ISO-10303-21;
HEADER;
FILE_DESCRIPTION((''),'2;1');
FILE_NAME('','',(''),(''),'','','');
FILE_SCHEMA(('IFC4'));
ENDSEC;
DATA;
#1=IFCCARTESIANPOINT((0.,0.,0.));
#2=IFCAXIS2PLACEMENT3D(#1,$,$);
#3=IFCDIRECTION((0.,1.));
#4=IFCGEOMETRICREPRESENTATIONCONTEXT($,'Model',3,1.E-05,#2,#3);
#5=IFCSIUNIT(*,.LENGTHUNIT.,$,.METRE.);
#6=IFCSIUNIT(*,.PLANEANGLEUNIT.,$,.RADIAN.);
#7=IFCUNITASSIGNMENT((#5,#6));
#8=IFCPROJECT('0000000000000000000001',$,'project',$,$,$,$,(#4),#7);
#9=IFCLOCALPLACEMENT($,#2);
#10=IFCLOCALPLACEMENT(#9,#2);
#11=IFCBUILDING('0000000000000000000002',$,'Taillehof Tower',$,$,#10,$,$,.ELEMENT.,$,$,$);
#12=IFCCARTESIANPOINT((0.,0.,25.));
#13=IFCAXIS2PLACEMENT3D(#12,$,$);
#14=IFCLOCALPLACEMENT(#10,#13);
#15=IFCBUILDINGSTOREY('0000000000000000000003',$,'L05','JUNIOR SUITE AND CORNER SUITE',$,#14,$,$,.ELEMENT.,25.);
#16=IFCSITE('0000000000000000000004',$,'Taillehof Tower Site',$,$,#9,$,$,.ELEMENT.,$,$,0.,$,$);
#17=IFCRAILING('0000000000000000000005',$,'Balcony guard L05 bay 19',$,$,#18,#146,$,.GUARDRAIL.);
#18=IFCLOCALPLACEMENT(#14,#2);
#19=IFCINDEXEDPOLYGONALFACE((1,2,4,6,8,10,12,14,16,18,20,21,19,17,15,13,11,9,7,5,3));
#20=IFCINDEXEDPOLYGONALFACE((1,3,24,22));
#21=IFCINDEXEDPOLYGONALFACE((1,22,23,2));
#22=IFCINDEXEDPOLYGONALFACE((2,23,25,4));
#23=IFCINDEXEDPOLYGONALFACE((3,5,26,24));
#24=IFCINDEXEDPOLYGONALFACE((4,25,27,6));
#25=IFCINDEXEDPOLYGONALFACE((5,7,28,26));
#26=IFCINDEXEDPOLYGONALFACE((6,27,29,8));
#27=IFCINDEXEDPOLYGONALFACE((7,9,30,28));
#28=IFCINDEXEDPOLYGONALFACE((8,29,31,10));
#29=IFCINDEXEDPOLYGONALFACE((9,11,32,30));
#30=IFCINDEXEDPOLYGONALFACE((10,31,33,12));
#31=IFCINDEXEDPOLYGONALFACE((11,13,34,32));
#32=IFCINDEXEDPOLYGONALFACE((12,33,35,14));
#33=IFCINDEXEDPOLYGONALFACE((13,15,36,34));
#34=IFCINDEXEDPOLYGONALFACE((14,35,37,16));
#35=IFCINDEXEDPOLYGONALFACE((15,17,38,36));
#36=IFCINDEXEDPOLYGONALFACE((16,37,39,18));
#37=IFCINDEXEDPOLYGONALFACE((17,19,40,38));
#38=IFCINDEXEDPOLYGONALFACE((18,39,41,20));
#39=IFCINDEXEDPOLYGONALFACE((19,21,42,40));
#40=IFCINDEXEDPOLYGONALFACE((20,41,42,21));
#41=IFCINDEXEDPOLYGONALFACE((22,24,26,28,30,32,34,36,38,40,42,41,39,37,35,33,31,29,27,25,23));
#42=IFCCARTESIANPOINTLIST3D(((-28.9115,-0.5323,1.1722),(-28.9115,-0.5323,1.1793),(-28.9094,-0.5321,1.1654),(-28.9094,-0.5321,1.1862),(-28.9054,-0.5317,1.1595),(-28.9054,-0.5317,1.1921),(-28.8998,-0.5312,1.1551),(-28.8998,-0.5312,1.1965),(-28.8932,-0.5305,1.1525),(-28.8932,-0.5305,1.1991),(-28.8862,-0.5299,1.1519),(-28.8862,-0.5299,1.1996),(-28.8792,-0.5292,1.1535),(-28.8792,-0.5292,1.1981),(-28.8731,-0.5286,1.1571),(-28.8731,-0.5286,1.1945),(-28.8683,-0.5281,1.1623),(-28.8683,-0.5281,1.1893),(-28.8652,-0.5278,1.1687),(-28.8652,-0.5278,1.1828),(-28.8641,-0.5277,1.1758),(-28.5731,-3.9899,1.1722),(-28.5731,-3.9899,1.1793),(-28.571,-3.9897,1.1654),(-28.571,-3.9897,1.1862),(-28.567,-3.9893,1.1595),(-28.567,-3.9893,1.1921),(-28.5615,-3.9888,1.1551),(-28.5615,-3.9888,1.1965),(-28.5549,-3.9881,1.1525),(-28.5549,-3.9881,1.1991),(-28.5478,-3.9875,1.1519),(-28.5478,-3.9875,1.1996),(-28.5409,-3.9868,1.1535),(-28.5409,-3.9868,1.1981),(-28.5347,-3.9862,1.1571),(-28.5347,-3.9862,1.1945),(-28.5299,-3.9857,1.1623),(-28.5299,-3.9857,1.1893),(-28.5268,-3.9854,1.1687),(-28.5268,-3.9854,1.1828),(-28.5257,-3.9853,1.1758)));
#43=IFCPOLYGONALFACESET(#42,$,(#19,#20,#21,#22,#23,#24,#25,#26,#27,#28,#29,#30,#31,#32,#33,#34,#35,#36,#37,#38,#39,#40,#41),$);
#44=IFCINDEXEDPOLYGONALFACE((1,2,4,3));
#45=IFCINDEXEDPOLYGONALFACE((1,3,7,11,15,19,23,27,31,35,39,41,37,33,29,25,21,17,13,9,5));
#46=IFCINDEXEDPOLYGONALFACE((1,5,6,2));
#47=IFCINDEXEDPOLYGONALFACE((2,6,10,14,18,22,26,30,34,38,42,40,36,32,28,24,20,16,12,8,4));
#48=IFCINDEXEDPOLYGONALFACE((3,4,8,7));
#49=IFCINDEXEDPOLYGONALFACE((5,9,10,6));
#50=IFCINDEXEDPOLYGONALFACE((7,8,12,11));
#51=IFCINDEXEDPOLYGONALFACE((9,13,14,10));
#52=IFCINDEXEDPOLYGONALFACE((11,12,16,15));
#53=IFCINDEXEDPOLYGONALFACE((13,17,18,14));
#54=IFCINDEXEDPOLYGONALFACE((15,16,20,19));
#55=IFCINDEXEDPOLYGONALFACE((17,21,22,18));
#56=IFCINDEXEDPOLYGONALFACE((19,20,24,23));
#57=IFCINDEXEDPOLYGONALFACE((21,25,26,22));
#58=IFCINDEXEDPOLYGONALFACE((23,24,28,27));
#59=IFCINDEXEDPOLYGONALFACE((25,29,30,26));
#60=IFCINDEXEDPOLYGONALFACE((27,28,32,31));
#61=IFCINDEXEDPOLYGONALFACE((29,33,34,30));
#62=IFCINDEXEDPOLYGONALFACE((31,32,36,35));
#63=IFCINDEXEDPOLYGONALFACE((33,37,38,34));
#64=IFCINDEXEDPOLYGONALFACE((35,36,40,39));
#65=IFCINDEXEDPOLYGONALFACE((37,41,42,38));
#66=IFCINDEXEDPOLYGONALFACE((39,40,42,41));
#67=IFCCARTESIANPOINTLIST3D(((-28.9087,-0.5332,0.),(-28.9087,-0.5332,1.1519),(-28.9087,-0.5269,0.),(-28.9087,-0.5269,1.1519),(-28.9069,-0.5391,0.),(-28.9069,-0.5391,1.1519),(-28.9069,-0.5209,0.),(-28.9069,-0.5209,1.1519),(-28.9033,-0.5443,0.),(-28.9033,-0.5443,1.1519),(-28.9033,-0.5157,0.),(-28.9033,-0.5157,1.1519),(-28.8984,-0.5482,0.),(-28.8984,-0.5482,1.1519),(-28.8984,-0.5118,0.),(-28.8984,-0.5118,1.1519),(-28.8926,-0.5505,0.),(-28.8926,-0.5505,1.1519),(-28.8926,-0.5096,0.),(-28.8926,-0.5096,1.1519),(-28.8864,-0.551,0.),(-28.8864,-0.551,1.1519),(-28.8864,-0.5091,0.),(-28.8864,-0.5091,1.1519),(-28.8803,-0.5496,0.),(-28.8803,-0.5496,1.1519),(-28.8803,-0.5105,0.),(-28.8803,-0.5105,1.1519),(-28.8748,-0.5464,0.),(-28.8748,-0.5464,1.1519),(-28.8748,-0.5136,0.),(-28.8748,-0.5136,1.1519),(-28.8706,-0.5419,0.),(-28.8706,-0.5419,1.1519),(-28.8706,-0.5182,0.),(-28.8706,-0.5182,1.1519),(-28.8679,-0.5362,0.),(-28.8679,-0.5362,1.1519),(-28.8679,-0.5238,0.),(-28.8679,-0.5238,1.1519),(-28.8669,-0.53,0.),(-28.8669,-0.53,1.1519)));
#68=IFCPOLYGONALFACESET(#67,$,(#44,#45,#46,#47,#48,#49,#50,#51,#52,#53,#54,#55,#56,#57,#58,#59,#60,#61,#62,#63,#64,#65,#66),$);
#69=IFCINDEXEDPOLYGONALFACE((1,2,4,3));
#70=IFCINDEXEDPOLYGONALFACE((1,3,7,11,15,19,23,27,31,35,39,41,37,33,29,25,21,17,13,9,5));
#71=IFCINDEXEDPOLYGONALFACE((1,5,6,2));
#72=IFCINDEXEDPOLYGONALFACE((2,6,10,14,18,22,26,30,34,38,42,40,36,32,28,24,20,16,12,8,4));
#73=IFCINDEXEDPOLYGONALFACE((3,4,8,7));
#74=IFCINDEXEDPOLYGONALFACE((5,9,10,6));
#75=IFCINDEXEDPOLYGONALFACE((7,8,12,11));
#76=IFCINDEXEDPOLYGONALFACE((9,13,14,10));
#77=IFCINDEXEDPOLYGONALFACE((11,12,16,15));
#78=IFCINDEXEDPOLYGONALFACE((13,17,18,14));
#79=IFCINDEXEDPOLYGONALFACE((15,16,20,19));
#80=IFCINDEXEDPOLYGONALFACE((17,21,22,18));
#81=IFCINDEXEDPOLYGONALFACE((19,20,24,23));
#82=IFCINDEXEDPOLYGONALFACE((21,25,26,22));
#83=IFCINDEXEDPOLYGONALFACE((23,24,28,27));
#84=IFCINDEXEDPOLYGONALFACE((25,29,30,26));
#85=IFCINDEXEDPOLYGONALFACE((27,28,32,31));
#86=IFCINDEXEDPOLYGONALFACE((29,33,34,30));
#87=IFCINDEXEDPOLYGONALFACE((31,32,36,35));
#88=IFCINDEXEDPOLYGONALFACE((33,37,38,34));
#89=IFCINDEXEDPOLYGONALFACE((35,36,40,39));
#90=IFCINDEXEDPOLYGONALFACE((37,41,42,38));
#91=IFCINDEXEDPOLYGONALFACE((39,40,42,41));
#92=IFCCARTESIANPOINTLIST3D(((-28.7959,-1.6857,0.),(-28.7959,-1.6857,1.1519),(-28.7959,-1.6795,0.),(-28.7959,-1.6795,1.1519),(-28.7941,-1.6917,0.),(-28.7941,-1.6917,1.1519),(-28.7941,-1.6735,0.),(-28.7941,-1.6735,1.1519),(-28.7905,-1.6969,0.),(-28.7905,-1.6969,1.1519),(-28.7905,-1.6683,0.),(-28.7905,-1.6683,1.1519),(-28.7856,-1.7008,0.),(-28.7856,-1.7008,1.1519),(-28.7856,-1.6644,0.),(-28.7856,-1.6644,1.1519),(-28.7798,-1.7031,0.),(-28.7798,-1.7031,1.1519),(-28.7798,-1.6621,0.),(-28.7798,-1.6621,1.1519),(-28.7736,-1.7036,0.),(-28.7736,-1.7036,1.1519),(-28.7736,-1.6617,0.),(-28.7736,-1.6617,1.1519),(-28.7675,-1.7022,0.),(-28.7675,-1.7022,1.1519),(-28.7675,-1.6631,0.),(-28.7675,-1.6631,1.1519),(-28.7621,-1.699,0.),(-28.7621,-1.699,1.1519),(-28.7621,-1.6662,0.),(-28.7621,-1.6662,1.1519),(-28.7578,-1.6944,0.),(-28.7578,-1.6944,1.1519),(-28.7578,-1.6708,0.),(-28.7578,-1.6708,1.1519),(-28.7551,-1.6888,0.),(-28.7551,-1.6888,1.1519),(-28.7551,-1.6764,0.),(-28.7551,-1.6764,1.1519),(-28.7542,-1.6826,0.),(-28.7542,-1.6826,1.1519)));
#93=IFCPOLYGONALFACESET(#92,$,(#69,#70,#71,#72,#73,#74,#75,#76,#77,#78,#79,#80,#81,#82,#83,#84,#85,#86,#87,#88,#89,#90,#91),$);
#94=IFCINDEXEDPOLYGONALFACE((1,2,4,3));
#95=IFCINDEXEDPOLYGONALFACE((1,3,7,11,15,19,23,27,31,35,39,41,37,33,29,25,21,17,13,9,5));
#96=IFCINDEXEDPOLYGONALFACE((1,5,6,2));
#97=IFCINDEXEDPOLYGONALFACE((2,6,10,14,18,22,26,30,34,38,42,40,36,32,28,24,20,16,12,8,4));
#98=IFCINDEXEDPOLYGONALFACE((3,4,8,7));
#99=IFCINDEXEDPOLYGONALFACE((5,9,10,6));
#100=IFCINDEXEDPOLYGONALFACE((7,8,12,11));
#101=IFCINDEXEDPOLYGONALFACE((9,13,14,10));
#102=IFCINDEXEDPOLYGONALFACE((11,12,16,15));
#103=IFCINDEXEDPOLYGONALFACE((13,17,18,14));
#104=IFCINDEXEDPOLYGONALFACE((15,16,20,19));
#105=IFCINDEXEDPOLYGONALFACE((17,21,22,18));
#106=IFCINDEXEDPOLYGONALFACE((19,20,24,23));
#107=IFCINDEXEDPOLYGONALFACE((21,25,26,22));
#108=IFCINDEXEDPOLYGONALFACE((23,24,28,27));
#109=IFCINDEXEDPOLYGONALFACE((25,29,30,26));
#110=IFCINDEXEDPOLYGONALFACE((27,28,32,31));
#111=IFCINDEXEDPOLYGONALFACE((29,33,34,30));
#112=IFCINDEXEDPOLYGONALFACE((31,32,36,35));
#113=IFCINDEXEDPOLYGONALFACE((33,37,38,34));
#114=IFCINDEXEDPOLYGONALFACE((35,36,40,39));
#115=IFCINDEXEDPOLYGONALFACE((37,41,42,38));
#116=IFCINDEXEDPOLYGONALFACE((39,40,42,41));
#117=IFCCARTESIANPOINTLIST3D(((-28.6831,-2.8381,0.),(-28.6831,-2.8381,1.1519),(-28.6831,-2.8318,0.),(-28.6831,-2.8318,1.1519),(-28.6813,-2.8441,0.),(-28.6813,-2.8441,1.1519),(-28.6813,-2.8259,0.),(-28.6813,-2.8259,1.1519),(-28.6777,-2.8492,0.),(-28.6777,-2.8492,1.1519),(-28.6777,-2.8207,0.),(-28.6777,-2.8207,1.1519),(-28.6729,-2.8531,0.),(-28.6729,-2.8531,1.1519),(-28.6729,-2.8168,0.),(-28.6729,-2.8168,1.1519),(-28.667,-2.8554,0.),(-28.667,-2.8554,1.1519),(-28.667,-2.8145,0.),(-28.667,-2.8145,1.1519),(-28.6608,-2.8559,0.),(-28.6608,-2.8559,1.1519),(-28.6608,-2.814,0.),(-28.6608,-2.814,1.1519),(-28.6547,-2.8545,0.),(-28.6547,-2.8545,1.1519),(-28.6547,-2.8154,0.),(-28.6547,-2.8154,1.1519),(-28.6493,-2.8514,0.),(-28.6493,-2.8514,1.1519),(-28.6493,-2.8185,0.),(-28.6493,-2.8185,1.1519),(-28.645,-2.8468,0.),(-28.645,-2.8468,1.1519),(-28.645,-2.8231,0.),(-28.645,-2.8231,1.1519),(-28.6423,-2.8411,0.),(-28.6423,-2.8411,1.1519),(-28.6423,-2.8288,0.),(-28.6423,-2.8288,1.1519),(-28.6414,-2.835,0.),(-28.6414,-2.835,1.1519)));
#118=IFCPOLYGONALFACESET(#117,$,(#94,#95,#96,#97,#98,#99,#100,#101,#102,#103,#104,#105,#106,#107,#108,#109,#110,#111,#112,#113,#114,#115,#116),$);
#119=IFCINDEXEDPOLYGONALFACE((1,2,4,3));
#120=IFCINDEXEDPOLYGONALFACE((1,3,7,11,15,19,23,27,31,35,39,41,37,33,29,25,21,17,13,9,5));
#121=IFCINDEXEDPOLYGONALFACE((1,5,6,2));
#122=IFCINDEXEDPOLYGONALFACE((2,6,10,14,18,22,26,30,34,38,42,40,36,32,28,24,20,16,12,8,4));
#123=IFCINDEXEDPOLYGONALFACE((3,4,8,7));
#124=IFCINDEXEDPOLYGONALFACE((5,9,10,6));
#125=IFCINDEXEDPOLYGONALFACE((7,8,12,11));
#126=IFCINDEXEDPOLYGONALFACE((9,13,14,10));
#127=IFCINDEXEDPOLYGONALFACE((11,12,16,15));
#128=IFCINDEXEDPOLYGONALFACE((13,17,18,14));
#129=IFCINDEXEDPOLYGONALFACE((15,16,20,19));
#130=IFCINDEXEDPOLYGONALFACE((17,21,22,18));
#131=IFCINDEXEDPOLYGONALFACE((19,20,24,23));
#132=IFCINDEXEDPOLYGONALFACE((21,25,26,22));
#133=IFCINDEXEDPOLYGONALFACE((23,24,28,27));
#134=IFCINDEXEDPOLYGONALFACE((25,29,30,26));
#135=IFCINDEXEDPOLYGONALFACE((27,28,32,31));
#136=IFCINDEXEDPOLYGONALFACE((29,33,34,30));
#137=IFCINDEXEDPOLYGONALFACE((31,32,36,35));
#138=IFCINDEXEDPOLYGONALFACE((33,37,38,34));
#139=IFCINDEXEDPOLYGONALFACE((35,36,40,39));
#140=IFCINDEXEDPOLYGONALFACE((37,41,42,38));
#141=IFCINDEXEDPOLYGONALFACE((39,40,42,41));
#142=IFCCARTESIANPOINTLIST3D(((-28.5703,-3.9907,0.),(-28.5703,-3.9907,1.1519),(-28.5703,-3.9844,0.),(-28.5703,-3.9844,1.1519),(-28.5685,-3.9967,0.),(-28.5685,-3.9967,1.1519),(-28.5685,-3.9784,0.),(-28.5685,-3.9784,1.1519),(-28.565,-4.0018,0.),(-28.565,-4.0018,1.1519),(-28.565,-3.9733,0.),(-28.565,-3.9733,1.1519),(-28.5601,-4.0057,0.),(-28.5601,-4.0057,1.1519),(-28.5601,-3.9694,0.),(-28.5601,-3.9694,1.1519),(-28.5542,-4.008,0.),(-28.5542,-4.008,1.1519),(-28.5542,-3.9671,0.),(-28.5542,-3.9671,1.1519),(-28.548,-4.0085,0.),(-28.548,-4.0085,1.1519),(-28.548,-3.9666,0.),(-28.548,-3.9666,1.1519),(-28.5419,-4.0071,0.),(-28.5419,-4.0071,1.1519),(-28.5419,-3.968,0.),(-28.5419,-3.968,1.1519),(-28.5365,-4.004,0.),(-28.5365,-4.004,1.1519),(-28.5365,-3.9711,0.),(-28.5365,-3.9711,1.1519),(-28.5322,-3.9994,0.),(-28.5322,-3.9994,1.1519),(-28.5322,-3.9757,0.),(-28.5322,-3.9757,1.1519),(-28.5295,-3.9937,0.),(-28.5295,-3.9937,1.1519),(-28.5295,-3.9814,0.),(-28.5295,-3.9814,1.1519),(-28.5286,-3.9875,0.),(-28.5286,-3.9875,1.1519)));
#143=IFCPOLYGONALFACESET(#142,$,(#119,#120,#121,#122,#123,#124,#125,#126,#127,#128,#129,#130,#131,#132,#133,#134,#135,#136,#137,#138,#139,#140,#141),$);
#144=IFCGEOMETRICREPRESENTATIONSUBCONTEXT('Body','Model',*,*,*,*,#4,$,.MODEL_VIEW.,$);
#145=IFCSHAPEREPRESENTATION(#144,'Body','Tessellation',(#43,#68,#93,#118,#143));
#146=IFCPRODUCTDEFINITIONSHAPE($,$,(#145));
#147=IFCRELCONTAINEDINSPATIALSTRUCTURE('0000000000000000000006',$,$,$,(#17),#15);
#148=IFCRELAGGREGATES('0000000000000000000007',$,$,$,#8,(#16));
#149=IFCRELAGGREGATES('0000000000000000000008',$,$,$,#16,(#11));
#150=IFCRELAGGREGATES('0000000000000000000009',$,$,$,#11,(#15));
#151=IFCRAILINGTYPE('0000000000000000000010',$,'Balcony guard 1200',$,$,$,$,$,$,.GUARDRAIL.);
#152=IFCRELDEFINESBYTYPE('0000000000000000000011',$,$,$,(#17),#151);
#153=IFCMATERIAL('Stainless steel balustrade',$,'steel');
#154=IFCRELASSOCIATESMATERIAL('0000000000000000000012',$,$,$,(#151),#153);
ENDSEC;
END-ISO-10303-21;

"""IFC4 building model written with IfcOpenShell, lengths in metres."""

from ifc_helpers import new_model, si_unit, direction, frame, origin, origin_2d, place, context, subcontext, project, spatial, circle, extrude, material, type_object, element, save


model = new_model("IFC4")

# Units and contexts
model_context = context("Model", 3, precision=1e-05, world=origin(), true_north=direction((0.0, 1.0)))
body_context = subcontext(model_context, "Body", "Model", "MODEL_VIEW")
ifc_project = project(units=[si_unit("LENGTHUNIT", "METRE"), si_unit("PLANEANGLEUNIT", "RADIAN")], contexts=[model_context])

# Site, building, storey
site_placement = place(None, origin())
site = spatial("IfcSite", under=ifc_project, at=site_placement, Name="Taillehof Tower Site", CompositionType="ELEMENT", RefElevation=0.0)
building_placement = place(site_placement, origin())
building = spatial("IfcBuilding", under=site, at=building_placement, Name="Taillehof Tower", CompositionType="ELEMENT")
storey_placement = place(building_placement, frame((0.0, 0.0, 25.0)))
storey = spatial("IfcBuildingStorey", under=building, at=storey_placement, Name="L05", Description="JUNIOR SUITE AND CORNER SUITE", CompositionType="ELEMENT", Elevation=25.0)

# Railing
ifc_material_1 = material(Name="Stainless steel balustrade", Category="steel")
railing_type = type_object("IfcRailingType", Name="Balcony guard 1200", PredefinedType="GUARDRAIL", material=ifc_material_1)
railing_1_placement = place(storey_placement, frame((-28.8879, -0.53, 0.0)))
element("IfcRailing", 1, at=railing_1_placement, inside=storey, type_object=railing_type, Name="Balcony guard L05 bay 19", PredefinedType="GUARDRAIL", context=body_context, shape_type="SweptSolid", body=[
    extrude(circle(Radius=0.0239, at=origin_2d()), frame((0.0, 0.0, 1.1758), z_axis=(0.097402, -0.995245, 0.0), x_axis=(0.995245, 0.097402, 0.0)), (0.0, 0.0, 1.0), 3.4741),
    extrude(circle(Radius=0.021, at=origin_2d()), origin(), (0.0, 0.0, 1.0), 1.1519),
    extrude(circle(Radius=0.021, at=origin_2d()), frame((0.1128, -1.1526, 0.0)), (0.0, 0.0, 1.0), 1.1519),
    extrude(circle(Radius=0.021, at=origin_2d()), frame((0.2256, -2.3049, 0.0)), (0.0, 0.0, 1.0), 1.1519),
    extrude(circle(Radius=0.021, at=origin_2d()), frame((0.3384, -3.4575, 0.0)), (0.0, 0.0, 1.0), 1.1519),
])

save(model, "model.ifc")
